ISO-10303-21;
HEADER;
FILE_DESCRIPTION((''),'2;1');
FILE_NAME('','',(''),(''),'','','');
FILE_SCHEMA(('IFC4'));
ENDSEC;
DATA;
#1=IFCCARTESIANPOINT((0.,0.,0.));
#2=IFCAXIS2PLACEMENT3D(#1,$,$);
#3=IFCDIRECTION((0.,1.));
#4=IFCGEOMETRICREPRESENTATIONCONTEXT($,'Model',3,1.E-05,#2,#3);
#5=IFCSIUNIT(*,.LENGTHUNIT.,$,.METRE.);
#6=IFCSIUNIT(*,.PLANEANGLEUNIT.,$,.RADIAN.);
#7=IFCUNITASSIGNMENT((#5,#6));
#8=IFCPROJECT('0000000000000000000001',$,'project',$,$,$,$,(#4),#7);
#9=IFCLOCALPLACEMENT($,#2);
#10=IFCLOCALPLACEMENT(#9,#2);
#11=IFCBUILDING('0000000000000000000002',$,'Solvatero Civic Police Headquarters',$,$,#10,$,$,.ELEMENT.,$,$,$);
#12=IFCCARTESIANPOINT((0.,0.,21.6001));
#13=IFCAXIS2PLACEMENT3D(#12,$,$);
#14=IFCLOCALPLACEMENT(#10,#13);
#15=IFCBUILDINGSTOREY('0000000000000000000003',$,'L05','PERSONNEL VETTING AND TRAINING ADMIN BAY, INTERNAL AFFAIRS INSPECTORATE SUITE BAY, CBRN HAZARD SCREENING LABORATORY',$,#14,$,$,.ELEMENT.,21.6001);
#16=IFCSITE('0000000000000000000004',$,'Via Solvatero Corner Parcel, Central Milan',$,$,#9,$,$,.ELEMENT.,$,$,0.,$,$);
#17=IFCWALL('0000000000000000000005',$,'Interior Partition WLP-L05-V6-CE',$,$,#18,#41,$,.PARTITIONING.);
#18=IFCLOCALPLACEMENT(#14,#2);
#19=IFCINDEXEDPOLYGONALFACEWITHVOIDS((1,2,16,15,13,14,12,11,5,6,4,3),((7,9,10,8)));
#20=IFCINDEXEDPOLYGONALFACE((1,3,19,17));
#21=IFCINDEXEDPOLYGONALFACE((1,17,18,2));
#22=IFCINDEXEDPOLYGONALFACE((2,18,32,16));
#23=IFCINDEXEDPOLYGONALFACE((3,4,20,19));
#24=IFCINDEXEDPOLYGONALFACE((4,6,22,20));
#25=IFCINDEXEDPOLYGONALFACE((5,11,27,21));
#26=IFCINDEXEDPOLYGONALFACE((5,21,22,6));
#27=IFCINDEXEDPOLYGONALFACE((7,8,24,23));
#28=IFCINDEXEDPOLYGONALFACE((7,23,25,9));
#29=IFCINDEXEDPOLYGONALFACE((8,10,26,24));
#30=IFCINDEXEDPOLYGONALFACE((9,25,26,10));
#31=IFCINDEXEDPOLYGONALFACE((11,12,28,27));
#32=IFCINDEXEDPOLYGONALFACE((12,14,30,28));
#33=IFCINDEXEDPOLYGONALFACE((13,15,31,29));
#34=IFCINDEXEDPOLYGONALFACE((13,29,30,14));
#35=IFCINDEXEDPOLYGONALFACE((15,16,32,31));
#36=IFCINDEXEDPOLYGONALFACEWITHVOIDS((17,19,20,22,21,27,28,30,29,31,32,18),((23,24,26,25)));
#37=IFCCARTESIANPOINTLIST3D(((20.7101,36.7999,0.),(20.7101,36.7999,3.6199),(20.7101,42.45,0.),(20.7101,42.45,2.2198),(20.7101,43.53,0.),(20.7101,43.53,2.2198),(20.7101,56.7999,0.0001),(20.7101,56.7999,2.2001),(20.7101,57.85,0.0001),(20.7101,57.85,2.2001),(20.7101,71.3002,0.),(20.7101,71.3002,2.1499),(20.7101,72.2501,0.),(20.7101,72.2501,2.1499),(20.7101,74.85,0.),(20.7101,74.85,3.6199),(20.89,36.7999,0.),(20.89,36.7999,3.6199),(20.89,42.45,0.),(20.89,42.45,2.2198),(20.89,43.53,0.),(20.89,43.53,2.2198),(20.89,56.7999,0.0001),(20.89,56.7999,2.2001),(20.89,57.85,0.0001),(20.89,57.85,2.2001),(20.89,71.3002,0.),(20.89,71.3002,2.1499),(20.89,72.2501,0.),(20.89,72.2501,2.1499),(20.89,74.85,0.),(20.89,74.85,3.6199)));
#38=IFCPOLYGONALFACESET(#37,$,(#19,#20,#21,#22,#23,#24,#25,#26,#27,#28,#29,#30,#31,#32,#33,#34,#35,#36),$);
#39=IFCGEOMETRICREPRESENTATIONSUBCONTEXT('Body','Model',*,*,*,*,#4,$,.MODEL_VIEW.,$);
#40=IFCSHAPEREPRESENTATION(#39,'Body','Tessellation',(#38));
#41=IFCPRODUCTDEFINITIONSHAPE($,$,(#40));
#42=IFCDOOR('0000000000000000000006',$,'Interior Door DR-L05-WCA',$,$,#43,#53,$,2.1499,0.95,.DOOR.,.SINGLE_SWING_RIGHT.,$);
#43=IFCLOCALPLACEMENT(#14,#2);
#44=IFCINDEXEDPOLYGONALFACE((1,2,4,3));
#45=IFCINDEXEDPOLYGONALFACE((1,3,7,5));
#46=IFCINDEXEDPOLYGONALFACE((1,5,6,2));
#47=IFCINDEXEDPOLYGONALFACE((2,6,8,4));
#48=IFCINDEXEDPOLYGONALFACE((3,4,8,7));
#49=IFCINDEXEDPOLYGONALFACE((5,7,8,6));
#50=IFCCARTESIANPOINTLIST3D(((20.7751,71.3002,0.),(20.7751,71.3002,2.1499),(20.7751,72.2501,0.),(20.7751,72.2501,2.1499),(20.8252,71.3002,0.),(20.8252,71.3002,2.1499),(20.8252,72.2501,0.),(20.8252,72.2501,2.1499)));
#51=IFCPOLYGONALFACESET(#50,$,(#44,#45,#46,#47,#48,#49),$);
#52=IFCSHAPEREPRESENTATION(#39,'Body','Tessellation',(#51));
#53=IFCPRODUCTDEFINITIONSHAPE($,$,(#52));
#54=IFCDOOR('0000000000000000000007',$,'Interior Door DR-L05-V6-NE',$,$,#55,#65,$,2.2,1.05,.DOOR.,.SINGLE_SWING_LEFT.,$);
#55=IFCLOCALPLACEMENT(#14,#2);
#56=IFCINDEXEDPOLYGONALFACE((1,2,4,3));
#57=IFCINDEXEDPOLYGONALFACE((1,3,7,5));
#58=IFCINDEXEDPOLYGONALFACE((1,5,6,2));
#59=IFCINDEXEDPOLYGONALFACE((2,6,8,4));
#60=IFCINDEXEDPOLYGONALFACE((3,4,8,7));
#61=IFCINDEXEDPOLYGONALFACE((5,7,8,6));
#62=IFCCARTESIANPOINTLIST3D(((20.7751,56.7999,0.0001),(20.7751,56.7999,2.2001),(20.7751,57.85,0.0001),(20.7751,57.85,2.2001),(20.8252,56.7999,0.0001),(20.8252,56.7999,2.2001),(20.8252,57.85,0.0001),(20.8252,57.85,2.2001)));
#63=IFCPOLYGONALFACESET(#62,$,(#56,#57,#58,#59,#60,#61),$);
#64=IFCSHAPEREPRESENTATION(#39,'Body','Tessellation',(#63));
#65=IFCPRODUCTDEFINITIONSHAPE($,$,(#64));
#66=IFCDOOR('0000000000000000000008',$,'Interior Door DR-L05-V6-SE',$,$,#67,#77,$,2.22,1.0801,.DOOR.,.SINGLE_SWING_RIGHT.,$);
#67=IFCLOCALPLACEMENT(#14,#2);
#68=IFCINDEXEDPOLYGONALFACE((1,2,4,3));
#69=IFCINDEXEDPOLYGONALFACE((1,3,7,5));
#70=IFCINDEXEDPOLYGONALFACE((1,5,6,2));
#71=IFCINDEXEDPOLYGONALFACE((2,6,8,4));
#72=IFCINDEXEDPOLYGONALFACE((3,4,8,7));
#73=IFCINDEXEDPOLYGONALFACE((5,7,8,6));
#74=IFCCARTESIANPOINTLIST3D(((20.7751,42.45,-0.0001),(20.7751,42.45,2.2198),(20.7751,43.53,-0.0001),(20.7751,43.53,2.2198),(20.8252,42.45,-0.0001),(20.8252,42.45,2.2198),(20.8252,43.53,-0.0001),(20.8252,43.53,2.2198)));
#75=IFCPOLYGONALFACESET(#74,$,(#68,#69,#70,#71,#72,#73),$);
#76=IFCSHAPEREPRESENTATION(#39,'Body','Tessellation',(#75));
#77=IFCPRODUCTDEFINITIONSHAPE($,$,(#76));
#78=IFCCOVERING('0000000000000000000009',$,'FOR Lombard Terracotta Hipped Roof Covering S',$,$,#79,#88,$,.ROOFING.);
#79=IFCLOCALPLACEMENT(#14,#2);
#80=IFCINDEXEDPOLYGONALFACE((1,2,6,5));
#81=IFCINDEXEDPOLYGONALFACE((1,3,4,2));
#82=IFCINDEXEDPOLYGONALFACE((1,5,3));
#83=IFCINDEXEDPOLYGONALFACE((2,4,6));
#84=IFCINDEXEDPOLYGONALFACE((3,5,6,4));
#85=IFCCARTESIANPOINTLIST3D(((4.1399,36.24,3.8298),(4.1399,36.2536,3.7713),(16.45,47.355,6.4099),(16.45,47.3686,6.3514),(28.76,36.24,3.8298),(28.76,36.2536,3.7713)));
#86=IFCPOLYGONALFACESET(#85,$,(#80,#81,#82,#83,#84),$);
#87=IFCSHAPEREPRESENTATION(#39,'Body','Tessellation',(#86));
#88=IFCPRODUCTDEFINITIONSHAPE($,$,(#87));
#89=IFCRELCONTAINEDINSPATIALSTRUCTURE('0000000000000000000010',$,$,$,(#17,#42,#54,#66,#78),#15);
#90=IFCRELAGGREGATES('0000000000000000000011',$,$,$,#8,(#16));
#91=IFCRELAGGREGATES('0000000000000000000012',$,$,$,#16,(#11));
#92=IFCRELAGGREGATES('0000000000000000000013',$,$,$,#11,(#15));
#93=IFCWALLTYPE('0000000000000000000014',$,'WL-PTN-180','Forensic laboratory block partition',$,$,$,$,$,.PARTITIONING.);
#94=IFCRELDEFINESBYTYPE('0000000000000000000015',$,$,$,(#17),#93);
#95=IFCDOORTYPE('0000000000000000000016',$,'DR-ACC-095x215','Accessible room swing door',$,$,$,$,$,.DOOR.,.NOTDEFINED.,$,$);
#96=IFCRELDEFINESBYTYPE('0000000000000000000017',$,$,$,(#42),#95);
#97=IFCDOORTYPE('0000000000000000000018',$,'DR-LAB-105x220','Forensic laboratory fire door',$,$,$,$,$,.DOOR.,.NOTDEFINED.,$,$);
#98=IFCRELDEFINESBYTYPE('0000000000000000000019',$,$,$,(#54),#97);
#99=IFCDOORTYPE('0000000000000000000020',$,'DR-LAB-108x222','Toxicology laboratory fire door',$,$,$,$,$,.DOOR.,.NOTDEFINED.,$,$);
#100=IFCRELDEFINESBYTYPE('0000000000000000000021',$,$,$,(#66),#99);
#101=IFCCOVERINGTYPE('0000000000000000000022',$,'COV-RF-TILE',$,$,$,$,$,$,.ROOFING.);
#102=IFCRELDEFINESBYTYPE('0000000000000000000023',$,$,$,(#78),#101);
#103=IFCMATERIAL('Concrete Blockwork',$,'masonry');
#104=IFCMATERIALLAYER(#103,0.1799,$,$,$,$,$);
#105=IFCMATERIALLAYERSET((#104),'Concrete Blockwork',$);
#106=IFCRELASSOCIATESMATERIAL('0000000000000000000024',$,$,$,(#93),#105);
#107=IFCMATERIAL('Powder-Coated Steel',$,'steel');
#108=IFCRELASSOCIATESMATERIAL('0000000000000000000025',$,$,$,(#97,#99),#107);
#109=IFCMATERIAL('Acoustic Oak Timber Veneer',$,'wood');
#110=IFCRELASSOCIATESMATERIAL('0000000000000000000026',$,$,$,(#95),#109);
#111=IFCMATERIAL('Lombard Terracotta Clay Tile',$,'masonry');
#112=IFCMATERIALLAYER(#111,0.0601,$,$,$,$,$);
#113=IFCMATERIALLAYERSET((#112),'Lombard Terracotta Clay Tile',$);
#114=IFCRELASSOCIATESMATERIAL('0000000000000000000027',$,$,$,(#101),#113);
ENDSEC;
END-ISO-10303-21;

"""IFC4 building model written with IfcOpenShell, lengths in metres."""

from ifc_helpers import new_model, si_unit, direction, frame, frame_2d, origin, place, context, subcontext, project, spatial, polyline, rectangle, outline, extrude, material, layer, layer_set, type_object, element, fill, save


model = new_model("IFC4")

# Units and contexts
model_context = context("Model", 3, precision=1e-05, world=origin(), true_north=direction((0.0, 1.0)))
body_context = subcontext(model_context, "Body", "Model", "MODEL_VIEW")
ifc_project = project(units=[si_unit("LENGTHUNIT", "METRE"), si_unit("PLANEANGLEUNIT", "RADIAN")], contexts=[model_context])

# Site, building, storey
site_placement = place(None, origin())
site = spatial("IfcSite", under=ifc_project, at=site_placement, Name="Via Solvatero Corner Parcel, Central Milan", CompositionType="ELEMENT", RefElevation=0.0)
building_placement = place(site_placement, origin())
building = spatial("IfcBuilding", under=site, at=building_placement, Name="Solvatero Civic Police Headquarters", CompositionType="ELEMENT")
storey_placement = place(building_placement, frame((0.0, 0.0, 21.6001)))
storey = spatial("IfcBuildingStorey", under=building, at=storey_placement, Name="L05", Description="PERSONNEL VETTING AND TRAINING ADMIN BAY, INTERNAL AFFAIRS INSPECTORATE SUITE BAY, CBRN HAZARD SCREENING LABORATORY", CompositionType="ELEMENT", Elevation=21.6001)

# Wall, openings, doors
ifc_material_1 = material(Name="Concrete Blockwork", Category="masonry")
ifc_layer_1 = layer(ifc_material_1, 0.1799)
ifc_layer_set_1 = layer_set([ifc_layer_1], Name="Concrete Blockwork")
wall_type_1 = type_object("IfcWallType", Name="WL-PTN-180", Description="Forensic laboratory block partition", PredefinedType="PARTITIONING", material=ifc_layer_set_1)
ifc_material_2 = material(Name="Powder-Coated Steel", Category="steel")
door_type_1 = type_object("IfcDoorType", Name="DR-LAB-105x220", Description="Forensic laboratory fire door", OperationType="NOTDEFINED", PredefinedType="DOOR", material=ifc_material_2)
wall_1_placement = place(storey_placement, frame((20.8, 36.8, 0.0), z_axis=(0.0, 0.0, 1.0), x_axis=(0.0, 1.0, 0.0)))
wall_1 = element("IfcWall", 1, at=wall_1_placement, inside=storey, type_object=wall_type_1, Name="Interior Partition WLP-L05-V6-CE", PredefinedType="PARTITIONING", context=body_context, shape_type="SweptSolid", body=[
    extrude(rectangle(XDim=38.05, YDim=0.1799, at=frame_2d((19.0249, 0.0))), origin(), (0.0, 0.0, 1.0), 3.6199),
])
opening_1_placement = place(wall_1_placement, frame((5.6499, 0.0, 0.0)))
opening_1 = element("IfcOpeningElement", 2, at=opening_1_placement, cuts=wall_1, PredefinedType="OPENING", context=body_context, shape_type="SweptSolid", body=[
    extrude(rectangle(XDim=1.0801, YDim=2.22, at=frame_2d((0.54, 1.1099))), frame((0.0, 0.0999, 0.0), z_axis=(0.0, -1.0, 0.0), x_axis=(1.0, 0.0, 0.0)), (0.0, 0.0, 1.0), 0.2),
])
opening_2_placement = place(wall_1_placement, frame((20.0, 0.0, 0.0)))
opening_2 = element("IfcOpeningElement", 3, at=opening_2_placement, cuts=wall_1, PredefinedType="OPENING", context=body_context, shape_type="SweptSolid", body=[
    extrude(rectangle(XDim=1.05, YDim=2.2, at=frame_2d((0.5249, 1.1001))), frame((0.0, 0.0999, 0.0), z_axis=(0.0, -1.0, 0.0), x_axis=(1.0, 0.0, 0.0)), (0.0, 0.0, 1.0), 0.2),
])
opening_3_placement = place(wall_1_placement, frame((34.5, 0.0, 0.0)))
opening_3 = element("IfcOpeningElement", 4, at=opening_3_placement, cuts=wall_1, PredefinedType="OPENING", context=body_context, shape_type="SweptSolid", body=[
    extrude(rectangle(XDim=0.95, YDim=2.1499, at=frame_2d((0.4751, 1.075))), frame((0.0, 0.0999, 0.0), z_axis=(0.0, -1.0, 0.0), x_axis=(1.0, 0.0, 0.0)), (0.0, 0.0, 1.0), 0.2),
])
ifc_material_3 = material(Name="Acoustic Oak Timber Veneer", Category="wood")
door_type_2 = type_object("IfcDoorType", Name="DR-ACC-095x215", Description="Accessible room swing door", OperationType="NOTDEFINED", PredefinedType="DOOR", material=ifc_material_3)
door_1_placement = place(opening_3_placement, origin())
door_1 = element("IfcDoor", 5, at=door_1_placement, inside=storey, type_object=door_type_2, Name="Interior Door DR-L05-WCA", OperationType="SINGLE_SWING_RIGHT", OverallHeight=2.1499, OverallWidth=0.95, PredefinedType="DOOR", context=body_context, shape_type="SweptSolid", body=[
    extrude(rectangle(XDim=0.95, YDim=2.1499, at=frame_2d((0.4751, 1.075))), frame((0.0, 0.0249, 0.0), z_axis=(0.0, -1.0, 0.0), x_axis=(1.0, 0.0, 0.0)), (0.0, 0.0, 1.0), 0.05),
])
fill(opening_3, door_1)
door_2_placement = place(opening_2_placement, origin())
door_2 = element("IfcDoor", 6, at=door_2_placement, inside=storey, type_object=door_type_1, Name="Interior Door DR-L05-V6-NE", OperationType="SINGLE_SWING_LEFT", OverallHeight=2.2, OverallWidth=1.05, PredefinedType="DOOR", context=body_context, shape_type="SweptSolid", body=[
    extrude(rectangle(XDim=1.05, YDim=2.2, at=frame_2d((0.5249, 1.1001))), frame((0.0, 0.0249, 0.0), z_axis=(0.0, -1.0, 0.0), x_axis=(1.0, 0.0, 0.0)), (0.0, 0.0, 1.0), 0.05),
])
fill(opening_2, door_2)
door_type_3 = type_object("IfcDoorType", Name="DR-LAB-108x222", Description="Toxicology laboratory fire door", OperationType="NOTDEFINED", PredefinedType="DOOR", material=ifc_material_2)
door_3_placement = place(opening_1_placement, origin())
door_3 = element("IfcDoor", 7, at=door_3_placement, inside=storey, type_object=door_type_3, Name="Interior Door DR-L05-V6-SE", OperationType="SINGLE_SWING_RIGHT", OverallHeight=2.22, OverallWidth=1.0801, PredefinedType="DOOR", context=body_context, shape_type="SweptSolid", body=[
    extrude(rectangle(XDim=1.0801, YDim=2.22, at=frame_2d((0.54, 1.1099))), frame((0.0, 0.0249, 0.0), z_axis=(0.0, -1.0, 0.0), x_axis=(1.0, 0.0, 0.0)), (0.0, 0.0, 1.0), 0.05),
])
fill(opening_1, door_3)

# Covering
ifc_material_4 = material(Name="Lombard Terracotta Clay Tile", Category="masonry")
ifc_layer_2 = layer(ifc_material_4, 0.0601)
ifc_layer_set_2 = layer_set([ifc_layer_2], Name="Lombard Terracotta Clay Tile")
covering_type = type_object("IfcCoveringType", Name="COV-RF-TILE", PredefinedType="ROOFING", material=ifc_layer_set_2)
covering_placement = place(storey_placement, frame((4.1399, 36.24, 3.8298), z_axis=(0.0, -0.226114, 0.974101), x_axis=(1.0, 0.0, 0.0)))
element("IfcCovering", 8, at=covering_placement, inside=storey, type_object=covering_type, Name="FOR Lombard Terracotta Hipped Roof Covering S", PredefinedType="ROOFING", context=body_context, shape_type="SweptSolid", body=[
    extrude(outline(polyline([(0.0, 0.0), (24.6201, 0.0), (12.3101, 11.4105), (0.0, 0.0)])), origin(), (0.0, 0.0, -1.0), 0.0601),
])

save(model, "model.ifc")
